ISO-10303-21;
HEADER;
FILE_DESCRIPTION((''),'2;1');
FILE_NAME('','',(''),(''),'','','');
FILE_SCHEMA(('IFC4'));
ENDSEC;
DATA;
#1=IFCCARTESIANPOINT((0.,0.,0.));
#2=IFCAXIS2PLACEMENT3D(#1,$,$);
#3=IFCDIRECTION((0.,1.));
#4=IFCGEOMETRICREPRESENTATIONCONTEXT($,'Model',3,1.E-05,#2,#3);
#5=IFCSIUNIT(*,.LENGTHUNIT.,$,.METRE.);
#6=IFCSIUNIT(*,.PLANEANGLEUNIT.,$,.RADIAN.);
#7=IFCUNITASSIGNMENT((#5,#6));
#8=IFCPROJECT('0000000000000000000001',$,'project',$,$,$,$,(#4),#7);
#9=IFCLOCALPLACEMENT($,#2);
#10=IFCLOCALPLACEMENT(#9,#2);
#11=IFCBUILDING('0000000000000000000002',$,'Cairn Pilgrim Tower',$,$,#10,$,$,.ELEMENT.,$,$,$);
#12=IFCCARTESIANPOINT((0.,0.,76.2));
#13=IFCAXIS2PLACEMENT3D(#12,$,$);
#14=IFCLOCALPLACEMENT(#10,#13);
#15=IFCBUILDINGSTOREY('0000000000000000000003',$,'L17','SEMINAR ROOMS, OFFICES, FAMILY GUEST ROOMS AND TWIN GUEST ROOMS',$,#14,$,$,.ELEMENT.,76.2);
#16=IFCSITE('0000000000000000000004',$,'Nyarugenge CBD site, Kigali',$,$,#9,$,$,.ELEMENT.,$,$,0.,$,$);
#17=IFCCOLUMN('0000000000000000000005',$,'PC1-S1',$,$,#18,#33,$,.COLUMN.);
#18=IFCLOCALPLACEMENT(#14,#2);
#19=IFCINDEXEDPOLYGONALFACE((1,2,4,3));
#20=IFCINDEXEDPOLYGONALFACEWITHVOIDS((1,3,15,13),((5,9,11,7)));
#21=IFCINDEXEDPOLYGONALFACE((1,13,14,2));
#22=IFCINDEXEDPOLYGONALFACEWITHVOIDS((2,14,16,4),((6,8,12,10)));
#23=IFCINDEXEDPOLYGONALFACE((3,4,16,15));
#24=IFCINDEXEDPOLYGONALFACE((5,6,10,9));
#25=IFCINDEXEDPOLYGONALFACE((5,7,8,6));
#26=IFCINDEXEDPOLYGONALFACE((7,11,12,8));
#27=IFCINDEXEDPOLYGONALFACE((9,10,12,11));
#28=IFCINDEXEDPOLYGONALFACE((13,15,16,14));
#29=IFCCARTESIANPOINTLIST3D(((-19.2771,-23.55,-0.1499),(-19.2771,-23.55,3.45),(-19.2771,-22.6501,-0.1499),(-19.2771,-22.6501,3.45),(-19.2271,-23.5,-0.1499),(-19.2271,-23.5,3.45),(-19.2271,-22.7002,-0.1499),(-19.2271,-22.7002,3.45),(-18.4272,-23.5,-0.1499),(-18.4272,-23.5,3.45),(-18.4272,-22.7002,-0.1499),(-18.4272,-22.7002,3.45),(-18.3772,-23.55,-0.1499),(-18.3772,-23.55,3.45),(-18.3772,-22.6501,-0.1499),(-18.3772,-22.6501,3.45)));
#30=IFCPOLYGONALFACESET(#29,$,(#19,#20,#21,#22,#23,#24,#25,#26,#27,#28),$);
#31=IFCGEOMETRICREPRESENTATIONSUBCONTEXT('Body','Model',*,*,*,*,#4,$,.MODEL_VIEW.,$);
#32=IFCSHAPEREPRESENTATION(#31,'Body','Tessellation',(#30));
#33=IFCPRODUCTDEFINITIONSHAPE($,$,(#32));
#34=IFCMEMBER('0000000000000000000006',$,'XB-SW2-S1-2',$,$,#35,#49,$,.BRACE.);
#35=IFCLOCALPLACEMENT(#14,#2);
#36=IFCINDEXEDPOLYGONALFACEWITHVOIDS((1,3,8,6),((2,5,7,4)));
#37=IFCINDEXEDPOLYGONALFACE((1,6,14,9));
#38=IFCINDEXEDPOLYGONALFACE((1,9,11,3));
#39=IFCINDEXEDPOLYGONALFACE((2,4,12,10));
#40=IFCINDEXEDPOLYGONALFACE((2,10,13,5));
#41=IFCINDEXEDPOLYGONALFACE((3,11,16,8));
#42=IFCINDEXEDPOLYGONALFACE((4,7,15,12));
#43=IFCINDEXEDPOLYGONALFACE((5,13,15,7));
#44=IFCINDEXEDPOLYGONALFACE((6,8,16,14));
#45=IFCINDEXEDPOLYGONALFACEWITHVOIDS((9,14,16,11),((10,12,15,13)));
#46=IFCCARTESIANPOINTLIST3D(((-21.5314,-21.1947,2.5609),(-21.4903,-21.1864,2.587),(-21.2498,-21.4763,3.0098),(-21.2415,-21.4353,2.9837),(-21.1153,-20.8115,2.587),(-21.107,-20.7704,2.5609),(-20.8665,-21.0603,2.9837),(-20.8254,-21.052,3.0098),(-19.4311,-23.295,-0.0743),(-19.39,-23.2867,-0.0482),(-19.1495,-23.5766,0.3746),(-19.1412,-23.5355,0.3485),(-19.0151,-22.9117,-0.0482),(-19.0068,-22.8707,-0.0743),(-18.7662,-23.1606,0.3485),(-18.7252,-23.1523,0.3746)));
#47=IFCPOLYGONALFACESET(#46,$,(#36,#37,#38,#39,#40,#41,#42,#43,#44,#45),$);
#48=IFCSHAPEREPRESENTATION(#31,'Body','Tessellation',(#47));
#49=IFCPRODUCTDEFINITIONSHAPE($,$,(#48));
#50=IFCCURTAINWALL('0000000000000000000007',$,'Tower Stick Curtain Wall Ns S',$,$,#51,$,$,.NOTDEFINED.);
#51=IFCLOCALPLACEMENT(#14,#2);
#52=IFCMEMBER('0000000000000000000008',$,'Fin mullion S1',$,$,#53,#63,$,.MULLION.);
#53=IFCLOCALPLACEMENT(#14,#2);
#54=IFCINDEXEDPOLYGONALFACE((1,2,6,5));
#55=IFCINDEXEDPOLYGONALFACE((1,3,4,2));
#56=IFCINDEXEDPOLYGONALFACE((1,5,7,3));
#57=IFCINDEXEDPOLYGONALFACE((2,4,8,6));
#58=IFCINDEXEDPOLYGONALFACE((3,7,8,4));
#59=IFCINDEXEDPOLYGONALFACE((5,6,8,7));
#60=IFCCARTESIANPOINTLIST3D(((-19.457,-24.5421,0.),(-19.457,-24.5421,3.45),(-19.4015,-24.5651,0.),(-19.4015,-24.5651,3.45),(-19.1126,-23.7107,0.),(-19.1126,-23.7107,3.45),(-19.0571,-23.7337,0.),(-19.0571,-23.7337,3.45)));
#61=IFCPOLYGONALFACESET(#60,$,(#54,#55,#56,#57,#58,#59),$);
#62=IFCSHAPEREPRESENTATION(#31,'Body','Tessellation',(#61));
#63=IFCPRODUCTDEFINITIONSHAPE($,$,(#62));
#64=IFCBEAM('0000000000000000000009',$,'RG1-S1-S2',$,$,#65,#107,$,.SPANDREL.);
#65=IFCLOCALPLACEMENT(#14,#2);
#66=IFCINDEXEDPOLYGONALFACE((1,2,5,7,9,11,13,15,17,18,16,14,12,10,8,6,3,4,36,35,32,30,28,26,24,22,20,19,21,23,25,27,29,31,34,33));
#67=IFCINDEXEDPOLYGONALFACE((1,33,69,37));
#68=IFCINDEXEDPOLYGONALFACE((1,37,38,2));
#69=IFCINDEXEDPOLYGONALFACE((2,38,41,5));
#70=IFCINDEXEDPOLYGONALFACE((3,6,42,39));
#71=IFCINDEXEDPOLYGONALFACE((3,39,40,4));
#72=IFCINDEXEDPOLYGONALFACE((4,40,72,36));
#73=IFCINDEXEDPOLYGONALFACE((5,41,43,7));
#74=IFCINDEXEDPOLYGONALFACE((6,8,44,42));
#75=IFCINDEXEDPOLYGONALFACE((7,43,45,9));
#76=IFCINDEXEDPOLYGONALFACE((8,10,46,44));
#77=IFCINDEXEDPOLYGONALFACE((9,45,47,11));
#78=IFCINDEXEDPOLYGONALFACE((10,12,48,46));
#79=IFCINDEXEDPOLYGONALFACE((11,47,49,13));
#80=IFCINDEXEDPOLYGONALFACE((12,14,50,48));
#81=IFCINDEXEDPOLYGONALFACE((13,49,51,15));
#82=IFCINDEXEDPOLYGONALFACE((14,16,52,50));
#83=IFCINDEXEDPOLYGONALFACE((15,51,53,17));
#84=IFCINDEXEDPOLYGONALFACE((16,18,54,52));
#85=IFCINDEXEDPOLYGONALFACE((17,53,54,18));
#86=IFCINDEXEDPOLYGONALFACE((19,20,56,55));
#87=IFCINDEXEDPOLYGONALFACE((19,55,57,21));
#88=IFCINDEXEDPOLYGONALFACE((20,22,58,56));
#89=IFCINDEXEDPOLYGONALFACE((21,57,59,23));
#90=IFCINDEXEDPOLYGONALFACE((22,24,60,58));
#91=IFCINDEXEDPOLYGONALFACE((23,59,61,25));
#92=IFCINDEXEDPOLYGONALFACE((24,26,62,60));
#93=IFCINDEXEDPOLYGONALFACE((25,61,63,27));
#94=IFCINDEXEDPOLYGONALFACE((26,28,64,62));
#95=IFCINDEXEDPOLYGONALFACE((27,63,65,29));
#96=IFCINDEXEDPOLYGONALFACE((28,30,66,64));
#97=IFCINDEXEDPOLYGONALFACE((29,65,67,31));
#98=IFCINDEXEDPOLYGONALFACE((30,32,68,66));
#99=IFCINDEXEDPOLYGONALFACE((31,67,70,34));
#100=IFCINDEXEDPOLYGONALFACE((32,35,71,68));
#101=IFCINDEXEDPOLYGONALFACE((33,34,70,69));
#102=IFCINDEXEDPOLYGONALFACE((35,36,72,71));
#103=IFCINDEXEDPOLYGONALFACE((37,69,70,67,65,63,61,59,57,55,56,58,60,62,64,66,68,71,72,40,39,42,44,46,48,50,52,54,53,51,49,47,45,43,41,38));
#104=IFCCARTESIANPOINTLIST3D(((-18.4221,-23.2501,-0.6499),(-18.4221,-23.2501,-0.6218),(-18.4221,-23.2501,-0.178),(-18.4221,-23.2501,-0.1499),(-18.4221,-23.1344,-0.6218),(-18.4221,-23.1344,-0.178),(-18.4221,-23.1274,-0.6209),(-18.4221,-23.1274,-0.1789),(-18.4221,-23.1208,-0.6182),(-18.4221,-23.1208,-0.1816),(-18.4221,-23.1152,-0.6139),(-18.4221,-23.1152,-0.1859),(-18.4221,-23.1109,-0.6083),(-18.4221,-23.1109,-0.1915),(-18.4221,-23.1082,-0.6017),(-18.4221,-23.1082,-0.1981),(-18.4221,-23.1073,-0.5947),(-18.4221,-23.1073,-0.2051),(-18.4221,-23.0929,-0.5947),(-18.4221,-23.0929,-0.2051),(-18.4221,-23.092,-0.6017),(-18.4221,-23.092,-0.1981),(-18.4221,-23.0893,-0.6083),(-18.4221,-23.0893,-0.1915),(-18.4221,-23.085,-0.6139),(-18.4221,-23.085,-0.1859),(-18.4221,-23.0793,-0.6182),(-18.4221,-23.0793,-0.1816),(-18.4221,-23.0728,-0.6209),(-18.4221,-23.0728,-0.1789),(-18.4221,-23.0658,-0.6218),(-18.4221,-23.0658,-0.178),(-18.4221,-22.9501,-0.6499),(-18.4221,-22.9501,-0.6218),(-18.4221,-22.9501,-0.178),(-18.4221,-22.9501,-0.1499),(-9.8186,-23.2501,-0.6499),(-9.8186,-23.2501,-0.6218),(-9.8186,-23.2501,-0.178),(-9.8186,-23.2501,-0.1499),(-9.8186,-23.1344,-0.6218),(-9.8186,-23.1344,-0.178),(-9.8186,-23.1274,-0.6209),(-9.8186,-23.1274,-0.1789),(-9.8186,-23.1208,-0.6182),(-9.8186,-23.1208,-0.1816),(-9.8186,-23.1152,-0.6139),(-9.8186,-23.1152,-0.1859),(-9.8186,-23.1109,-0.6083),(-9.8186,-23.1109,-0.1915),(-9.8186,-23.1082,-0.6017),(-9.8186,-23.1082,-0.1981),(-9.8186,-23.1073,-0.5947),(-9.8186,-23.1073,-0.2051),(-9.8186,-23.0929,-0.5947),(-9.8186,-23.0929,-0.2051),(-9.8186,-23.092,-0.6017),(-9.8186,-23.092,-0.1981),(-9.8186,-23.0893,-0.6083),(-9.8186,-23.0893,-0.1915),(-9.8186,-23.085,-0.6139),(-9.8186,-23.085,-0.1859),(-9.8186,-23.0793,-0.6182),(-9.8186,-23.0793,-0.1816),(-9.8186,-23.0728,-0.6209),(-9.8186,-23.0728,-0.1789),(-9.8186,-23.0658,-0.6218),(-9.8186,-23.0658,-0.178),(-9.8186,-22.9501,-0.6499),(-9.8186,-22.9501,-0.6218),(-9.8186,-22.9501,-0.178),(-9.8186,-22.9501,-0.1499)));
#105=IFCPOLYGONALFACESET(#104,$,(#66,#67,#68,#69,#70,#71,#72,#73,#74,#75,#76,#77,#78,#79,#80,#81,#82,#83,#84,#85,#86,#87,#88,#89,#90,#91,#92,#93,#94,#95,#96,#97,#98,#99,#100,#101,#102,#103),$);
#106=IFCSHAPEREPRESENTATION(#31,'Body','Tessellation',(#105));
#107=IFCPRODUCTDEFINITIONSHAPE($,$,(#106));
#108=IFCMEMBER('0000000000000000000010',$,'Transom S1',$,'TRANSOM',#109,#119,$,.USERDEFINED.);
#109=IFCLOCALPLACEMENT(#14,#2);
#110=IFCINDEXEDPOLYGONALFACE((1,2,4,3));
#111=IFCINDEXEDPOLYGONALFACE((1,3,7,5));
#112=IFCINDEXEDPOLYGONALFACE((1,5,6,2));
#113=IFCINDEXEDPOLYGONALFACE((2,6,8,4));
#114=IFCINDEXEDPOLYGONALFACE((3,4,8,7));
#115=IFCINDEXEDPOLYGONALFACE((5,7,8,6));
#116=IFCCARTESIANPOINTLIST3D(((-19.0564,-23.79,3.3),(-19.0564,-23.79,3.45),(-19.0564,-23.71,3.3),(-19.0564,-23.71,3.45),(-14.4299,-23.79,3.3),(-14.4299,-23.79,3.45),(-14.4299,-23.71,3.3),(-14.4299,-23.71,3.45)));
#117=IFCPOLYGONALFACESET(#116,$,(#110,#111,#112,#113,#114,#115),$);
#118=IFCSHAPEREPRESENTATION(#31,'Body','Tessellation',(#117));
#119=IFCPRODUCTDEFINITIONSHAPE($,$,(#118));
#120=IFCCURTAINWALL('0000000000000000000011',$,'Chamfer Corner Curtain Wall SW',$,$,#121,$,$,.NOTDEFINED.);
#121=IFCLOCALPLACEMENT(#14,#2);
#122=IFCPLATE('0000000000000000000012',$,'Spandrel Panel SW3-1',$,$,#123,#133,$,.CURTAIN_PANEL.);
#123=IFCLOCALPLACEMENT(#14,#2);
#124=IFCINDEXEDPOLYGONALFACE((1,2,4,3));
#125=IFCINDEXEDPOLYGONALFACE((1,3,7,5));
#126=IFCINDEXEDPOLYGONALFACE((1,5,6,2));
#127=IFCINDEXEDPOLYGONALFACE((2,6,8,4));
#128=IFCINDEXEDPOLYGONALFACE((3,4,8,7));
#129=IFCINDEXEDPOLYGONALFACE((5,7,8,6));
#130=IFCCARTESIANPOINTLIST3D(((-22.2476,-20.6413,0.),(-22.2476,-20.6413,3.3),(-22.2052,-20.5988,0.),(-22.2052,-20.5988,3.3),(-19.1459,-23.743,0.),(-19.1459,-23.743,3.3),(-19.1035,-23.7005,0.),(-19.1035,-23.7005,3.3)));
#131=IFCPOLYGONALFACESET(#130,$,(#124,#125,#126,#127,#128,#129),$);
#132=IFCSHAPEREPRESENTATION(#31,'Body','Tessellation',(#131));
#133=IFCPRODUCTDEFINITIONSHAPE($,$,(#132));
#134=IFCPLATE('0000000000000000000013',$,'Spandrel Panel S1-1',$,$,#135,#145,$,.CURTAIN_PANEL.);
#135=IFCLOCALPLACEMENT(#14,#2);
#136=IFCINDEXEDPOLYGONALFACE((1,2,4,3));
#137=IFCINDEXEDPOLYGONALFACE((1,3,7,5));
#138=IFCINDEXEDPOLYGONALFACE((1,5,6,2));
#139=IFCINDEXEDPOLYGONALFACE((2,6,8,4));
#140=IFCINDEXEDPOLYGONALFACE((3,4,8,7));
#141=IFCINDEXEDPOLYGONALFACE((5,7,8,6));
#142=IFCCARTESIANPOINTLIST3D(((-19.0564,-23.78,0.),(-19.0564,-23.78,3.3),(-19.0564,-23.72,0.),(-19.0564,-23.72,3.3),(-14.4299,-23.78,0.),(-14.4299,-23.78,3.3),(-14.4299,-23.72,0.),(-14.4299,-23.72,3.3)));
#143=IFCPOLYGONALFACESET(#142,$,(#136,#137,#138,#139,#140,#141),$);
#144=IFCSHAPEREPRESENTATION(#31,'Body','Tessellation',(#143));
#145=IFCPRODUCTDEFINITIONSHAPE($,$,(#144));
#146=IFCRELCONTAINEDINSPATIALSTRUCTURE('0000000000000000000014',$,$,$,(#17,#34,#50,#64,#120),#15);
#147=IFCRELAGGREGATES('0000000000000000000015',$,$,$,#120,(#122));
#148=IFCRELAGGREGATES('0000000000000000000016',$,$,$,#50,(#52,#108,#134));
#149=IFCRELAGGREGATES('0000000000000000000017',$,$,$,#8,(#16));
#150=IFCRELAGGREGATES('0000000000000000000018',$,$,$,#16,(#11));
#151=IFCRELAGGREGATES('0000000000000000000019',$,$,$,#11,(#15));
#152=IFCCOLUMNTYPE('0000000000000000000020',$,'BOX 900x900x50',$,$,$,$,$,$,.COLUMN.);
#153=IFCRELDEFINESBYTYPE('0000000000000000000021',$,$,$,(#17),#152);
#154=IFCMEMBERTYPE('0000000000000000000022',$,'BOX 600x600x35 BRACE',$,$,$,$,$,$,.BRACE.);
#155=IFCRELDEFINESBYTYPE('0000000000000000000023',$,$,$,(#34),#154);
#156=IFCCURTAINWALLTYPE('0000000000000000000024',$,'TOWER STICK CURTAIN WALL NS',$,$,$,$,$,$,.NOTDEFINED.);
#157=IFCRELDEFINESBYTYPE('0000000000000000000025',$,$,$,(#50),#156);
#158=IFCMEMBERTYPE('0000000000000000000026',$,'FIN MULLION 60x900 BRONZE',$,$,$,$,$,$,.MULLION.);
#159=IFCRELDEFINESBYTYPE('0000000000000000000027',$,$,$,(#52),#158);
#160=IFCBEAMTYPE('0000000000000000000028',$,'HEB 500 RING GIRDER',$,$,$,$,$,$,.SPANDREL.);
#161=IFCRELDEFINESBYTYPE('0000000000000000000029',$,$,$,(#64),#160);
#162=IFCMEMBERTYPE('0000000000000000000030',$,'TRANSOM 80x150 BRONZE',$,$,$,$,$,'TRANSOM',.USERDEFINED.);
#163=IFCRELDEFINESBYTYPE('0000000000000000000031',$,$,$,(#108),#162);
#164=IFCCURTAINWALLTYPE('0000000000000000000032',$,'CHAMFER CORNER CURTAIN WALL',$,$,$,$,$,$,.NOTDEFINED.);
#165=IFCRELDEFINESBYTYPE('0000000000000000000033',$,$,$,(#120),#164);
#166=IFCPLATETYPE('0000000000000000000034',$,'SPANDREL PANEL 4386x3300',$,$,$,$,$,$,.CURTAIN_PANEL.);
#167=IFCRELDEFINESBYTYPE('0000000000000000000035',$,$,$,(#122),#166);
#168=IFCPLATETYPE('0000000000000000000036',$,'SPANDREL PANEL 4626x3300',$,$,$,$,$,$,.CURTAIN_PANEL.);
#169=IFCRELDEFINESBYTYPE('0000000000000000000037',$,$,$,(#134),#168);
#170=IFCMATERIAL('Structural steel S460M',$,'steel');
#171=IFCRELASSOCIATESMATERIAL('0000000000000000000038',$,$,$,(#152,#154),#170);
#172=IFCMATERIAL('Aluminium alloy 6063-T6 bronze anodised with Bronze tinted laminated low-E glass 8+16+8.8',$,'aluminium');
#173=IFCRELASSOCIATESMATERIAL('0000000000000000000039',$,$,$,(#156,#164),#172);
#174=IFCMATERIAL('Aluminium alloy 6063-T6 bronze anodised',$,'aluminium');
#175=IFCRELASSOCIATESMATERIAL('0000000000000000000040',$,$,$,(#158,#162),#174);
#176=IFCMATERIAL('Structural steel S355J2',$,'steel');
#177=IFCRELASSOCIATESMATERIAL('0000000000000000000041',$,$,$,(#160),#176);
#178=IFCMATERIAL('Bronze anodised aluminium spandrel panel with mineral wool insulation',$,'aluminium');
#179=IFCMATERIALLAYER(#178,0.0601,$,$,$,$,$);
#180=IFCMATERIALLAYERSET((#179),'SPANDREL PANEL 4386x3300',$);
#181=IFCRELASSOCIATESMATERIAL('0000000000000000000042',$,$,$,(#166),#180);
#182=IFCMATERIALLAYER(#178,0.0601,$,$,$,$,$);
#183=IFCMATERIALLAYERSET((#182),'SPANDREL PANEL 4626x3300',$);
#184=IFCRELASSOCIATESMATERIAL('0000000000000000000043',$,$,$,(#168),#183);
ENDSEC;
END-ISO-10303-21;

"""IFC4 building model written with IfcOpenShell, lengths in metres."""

from ifc_helpers import new_model, si_unit, direction, frame, origin, origin_2d, place, context, subcontext, project, spatial, rectangle, hollow_rectangle, i_section, extrude, material, layer, layer_set, material_profile, profile_set, type_object, element, aggregate, save


model = new_model("IFC4")

# Units and contexts
model_context = context("Model", 3, precision=1e-05, world=origin(), true_north=direction((0.0, 1.0)))
body_context = subcontext(model_context, "Body", "Model", "MODEL_VIEW")
ifc_project = project(units=[si_unit("LENGTHUNIT", "METRE"), si_unit("PLANEANGLEUNIT", "RADIAN")], contexts=[model_context])

# Site, building, storey
site_placement = place(None, origin())
site = spatial("IfcSite", under=ifc_project, at=site_placement, Name="Nyarugenge CBD site, Kigali", CompositionType="ELEMENT", RefElevation=0.0)
building_placement = place(site_placement, origin())
building = spatial("IfcBuilding", under=site, at=building_placement, Name="Cairn Pilgrim Tower", CompositionType="ELEMENT")
storey_placement = place(building_placement, frame((0.0, 0.0, 76.2)))
storey = spatial("IfcBuildingStorey", under=building, at=storey_placement, Name="L17", Description="SEMINAR ROOMS, OFFICES, FAMILY GUEST ROOMS AND TWIN GUEST ROOMS", CompositionType="ELEMENT", Elevation=76.2)

# Column
ifc_material_1 = material(Name="Structural steel S460M", Category="steel")
ifc_material_profile_1 = material_profile(ifc_material_1, hollow_rectangle(XDim=0.8999, YDim=0.8999, WallThickness=0.05, at=origin_2d()), Name="BOX 900x900x50")
ifc_profile_set_1 = profile_set([ifc_material_profile_1], Name="Structural steel S460M")
column_type = type_object("IfcColumnType", Name="BOX 900x900x50", PredefinedType="COLUMN", material=ifc_profile_set_1)
column_placement = place(storey_placement, frame((-18.8271, -23.1001, -0.1499), z_axis=(0.0, 0.0, 1.0), x_axis=(1.0, 0.0, 0.0)))
element("IfcColumn", 1, at=column_placement, inside=storey, type_object=column_type, Name="PC1-S1", PredefinedType="COLUMN", context=body_context, shape_type="SweptSolid", body=[
    extrude(hollow_rectangle(XDim=0.8999, YDim=0.8999, WallThickness=0.05, at=origin_2d()), origin(), (0.0, 0.0, 1.0), 3.5999),
])

# Member
ifc_material_profile_2 = material_profile(ifc_material_1, hollow_rectangle(XDim=0.6001, YDim=0.6001, WallThickness=0.0349, at=origin_2d()), Name="BOX 600x600x35")
ifc_profile_set_2 = profile_set([ifc_material_profile_2], Name="Structural steel S460M")
member_type_1 = type_object("IfcMemberType", Name="BOX 600x600x35 BRACE", PredefinedType="BRACE", material=ifc_profile_set_2)
member_1_placement = place(storey_placement, frame((-19.0781, -23.2236, 0.1501), z_axis=(-0.528944, 0.528944, 0.663654), x_axis=(-0.707107, -0.707107, 0.0)))
element("IfcMember", 2, at=member_1_placement, inside=storey, type_object=member_type_1, Name="XB-SW2-S1-2", PredefinedType="BRACE", context=body_context, shape_type="SweptSolid", body=[
    extrude(hollow_rectangle(XDim=0.6001, YDim=0.6001, WallThickness=0.0349, at=origin_2d()), origin(), (0.0, 0.0, 1.0), 3.9707),
])

# Curtain wall, member
ifc_material_2 = material(Name="Aluminium alloy 6063-T6 bronze anodised with Bronze tinted laminated low-E glass 8+16+8.8", Category="aluminium")
curtain_wall_type_1 = type_object("IfcCurtainWallType", Name="TOWER STICK CURTAIN WALL NS", PredefinedType="NOTDEFINED", material=ifc_material_2)
curtain_wall_1_placement = place(storey_placement, origin())
curtain_wall_1 = element("IfcCurtainWall", 3, at=curtain_wall_1_placement, inside=storey, type_object=curtain_wall_type_1, Name="Tower Stick Curtain Wall Ns S", PredefinedType="NOTDEFINED")
ifc_material_3 = material(Name="Aluminium alloy 6063-T6 bronze anodised", Category="aluminium")
ifc_material_profile_3 = material_profile(ifc_material_3, rectangle(XDim=0.8999, YDim=0.0601, at=origin_2d()), Name="FIN MULLION 60x900 BRONZE")
ifc_profile_set_3 = profile_set([ifc_material_profile_3], Name="Aluminium alloy 6063-T6 bronze anodised")
member_type_2 = type_object("IfcMemberType", Name="FIN MULLION 60x900 BRONZE", PredefinedType="MULLION", material=ifc_profile_set_3)
member_2_placement = place(storey_placement, frame((-19.2571, -24.1379, 0.0), z_axis=(0.0, 0.0, 1.0), x_axis=(-0.382683, -0.92388, 0.0)))
member_2 = element("IfcMember", 4, at=member_2_placement, type_object=member_type_2, Name="Fin mullion S1", PredefinedType="MULLION", context=body_context, shape_type="SweptSolid", body=[
    extrude(rectangle(XDim=0.8999, YDim=0.0601, at=origin_2d()), origin(), (0.0, 0.0, 1.0), 3.45),
])

# Beam
ifc_material_4 = material(Name="Structural steel S355J2", Category="steel")
ifc_material_profile_4 = material_profile(ifc_material_4, i_section(OverallWidth=0.3, OverallDepth=0.5, WebThickness=0.0144, FlangeThickness=0.0281, FilletRadius=0.0271, at=origin_2d()), Name="HEB 500")
ifc_profile_set_4 = profile_set([ifc_material_profile_4], Name="Structural steel S355J2")
beam_type = type_object("IfcBeamType", Name="HEB 500 RING GIRDER", PredefinedType="SPANDREL", material=ifc_profile_set_4)
beam_placement = place(storey_placement, frame((-18.4221, -23.1001, -0.3999), z_axis=(1.0, 0.0, 0.0), x_axis=(0.0, 1.0, 0.0)))
element("IfcBeam", 5, at=beam_placement, inside=storey, type_object=beam_type, Name="RG1-S1-S2", PredefinedType="SPANDREL", context=body_context, shape_type="SweptSolid", body=[
    extrude(i_section(OverallWidth=0.3, OverallDepth=0.5, WebThickness=0.0144, FlangeThickness=0.0281, FilletRadius=0.0271, at=origin_2d()), origin(), (0.0, 0.0, 1.0), 8.6035),
])

# Member
ifc_material_profile_5 = material_profile(ifc_material_3, rectangle(XDim=0.0801, YDim=0.1499, at=origin_2d()), Name="TRANSOM 80x150 BRONZE")
ifc_profile_set_5 = profile_set([ifc_material_profile_5], Name="Aluminium alloy 6063-T6 bronze anodised")
member_type_3 = type_object("IfcMemberType", Name="TRANSOM 80x150 BRONZE", ElementType="TRANSOM", PredefinedType="USERDEFINED", material=ifc_profile_set_5)
member_3_placement = place(storey_placement, frame((-19.0564, -23.75, 3.375), z_axis=(1.0, 0.0, 0.0), x_axis=(0.0, 1.0, 0.0)))
member_3 = element("IfcMember", 6, at=member_3_placement, type_object=member_type_3, Name="Transom S1", ObjectType="TRANSOM", PredefinedType="USERDEFINED", context=body_context, shape_type="SweptSolid", body=[
    extrude(rectangle(XDim=0.0801, YDim=0.1499, at=origin_2d()), origin(), (0.0, 0.0, 1.0), 4.6265),
])

# Curtain wall, plate
curtain_wall_type_2 = type_object("IfcCurtainWallType", Name="CHAMFER CORNER CURTAIN WALL", PredefinedType="NOTDEFINED", material=ifc_material_2)
curtain_wall_2_placement = place(storey_placement, origin())
curtain_wall_2 = element("IfcCurtainWall", 7, at=curtain_wall_2_placement, inside=storey, type_object=curtain_wall_type_2, Name="Chamfer Corner Curtain Wall SW", PredefinedType="NOTDEFINED")
ifc_material_5 = material(Name="Bronze anodised aluminium spandrel panel with mineral wool insulation", Category="aluminium")
ifc_layer_1 = layer(ifc_material_5, 0.0601)
ifc_layer_set_1 = layer_set([ifc_layer_1], Name="SPANDREL PANEL 4386x3300")
plate_type_1 = type_object("IfcPlateType", Name="SPANDREL PANEL 4386x3300", PredefinedType="CURTAIN_PANEL", material=ifc_layer_set_1)
plate_1_placement = place(storey_placement, frame((-20.6755, -22.1709, 0.0), z_axis=(0.0, 0.0, 1.0), x_axis=(0.707107, -0.707107, 0.0)))
plate_1 = element("IfcPlate", 8, at=plate_1_placement, type_object=plate_type_1, Name="Spandrel Panel SW3-1", PredefinedType="CURTAIN_PANEL", context=body_context, shape_type="SweptSolid", body=[
    extrude(rectangle(XDim=4.3865, YDim=0.0601, at=origin_2d()), origin(), (0.0, 0.0, 1.0), 3.3),
])
aggregate(curtain_wall_2, [plate_1])

# Plate
ifc_layer_2 = layer(ifc_material_5, 0.0601)
ifc_layer_set_2 = layer_set([ifc_layer_2], Name="SPANDREL PANEL 4626x3300")
plate_type_2 = type_object("IfcPlateType", Name="SPANDREL PANEL 4626x3300", PredefinedType="CURTAIN_PANEL", material=ifc_layer_set_2)
plate_2_placement = place(storey_placement, frame((-16.7432, -23.75, 0.0), z_axis=(0.0, 0.0, 1.0), x_axis=(1.0, 0.0, 0.0)))
plate_2 = element("IfcPlate", 9, at=plate_2_placement, type_object=plate_type_2, Name="Spandrel Panel S1-1", PredefinedType="CURTAIN_PANEL", context=body_context, shape_type="SweptSolid", body=[
    extrude(rectangle(XDim=4.6265, YDim=0.0601, at=origin_2d()), origin(), (0.0, 0.0, 1.0), 3.3),
])
aggregate(curtain_wall_1, [member_2, member_3, plate_2])

save(model, "model.ifc")
